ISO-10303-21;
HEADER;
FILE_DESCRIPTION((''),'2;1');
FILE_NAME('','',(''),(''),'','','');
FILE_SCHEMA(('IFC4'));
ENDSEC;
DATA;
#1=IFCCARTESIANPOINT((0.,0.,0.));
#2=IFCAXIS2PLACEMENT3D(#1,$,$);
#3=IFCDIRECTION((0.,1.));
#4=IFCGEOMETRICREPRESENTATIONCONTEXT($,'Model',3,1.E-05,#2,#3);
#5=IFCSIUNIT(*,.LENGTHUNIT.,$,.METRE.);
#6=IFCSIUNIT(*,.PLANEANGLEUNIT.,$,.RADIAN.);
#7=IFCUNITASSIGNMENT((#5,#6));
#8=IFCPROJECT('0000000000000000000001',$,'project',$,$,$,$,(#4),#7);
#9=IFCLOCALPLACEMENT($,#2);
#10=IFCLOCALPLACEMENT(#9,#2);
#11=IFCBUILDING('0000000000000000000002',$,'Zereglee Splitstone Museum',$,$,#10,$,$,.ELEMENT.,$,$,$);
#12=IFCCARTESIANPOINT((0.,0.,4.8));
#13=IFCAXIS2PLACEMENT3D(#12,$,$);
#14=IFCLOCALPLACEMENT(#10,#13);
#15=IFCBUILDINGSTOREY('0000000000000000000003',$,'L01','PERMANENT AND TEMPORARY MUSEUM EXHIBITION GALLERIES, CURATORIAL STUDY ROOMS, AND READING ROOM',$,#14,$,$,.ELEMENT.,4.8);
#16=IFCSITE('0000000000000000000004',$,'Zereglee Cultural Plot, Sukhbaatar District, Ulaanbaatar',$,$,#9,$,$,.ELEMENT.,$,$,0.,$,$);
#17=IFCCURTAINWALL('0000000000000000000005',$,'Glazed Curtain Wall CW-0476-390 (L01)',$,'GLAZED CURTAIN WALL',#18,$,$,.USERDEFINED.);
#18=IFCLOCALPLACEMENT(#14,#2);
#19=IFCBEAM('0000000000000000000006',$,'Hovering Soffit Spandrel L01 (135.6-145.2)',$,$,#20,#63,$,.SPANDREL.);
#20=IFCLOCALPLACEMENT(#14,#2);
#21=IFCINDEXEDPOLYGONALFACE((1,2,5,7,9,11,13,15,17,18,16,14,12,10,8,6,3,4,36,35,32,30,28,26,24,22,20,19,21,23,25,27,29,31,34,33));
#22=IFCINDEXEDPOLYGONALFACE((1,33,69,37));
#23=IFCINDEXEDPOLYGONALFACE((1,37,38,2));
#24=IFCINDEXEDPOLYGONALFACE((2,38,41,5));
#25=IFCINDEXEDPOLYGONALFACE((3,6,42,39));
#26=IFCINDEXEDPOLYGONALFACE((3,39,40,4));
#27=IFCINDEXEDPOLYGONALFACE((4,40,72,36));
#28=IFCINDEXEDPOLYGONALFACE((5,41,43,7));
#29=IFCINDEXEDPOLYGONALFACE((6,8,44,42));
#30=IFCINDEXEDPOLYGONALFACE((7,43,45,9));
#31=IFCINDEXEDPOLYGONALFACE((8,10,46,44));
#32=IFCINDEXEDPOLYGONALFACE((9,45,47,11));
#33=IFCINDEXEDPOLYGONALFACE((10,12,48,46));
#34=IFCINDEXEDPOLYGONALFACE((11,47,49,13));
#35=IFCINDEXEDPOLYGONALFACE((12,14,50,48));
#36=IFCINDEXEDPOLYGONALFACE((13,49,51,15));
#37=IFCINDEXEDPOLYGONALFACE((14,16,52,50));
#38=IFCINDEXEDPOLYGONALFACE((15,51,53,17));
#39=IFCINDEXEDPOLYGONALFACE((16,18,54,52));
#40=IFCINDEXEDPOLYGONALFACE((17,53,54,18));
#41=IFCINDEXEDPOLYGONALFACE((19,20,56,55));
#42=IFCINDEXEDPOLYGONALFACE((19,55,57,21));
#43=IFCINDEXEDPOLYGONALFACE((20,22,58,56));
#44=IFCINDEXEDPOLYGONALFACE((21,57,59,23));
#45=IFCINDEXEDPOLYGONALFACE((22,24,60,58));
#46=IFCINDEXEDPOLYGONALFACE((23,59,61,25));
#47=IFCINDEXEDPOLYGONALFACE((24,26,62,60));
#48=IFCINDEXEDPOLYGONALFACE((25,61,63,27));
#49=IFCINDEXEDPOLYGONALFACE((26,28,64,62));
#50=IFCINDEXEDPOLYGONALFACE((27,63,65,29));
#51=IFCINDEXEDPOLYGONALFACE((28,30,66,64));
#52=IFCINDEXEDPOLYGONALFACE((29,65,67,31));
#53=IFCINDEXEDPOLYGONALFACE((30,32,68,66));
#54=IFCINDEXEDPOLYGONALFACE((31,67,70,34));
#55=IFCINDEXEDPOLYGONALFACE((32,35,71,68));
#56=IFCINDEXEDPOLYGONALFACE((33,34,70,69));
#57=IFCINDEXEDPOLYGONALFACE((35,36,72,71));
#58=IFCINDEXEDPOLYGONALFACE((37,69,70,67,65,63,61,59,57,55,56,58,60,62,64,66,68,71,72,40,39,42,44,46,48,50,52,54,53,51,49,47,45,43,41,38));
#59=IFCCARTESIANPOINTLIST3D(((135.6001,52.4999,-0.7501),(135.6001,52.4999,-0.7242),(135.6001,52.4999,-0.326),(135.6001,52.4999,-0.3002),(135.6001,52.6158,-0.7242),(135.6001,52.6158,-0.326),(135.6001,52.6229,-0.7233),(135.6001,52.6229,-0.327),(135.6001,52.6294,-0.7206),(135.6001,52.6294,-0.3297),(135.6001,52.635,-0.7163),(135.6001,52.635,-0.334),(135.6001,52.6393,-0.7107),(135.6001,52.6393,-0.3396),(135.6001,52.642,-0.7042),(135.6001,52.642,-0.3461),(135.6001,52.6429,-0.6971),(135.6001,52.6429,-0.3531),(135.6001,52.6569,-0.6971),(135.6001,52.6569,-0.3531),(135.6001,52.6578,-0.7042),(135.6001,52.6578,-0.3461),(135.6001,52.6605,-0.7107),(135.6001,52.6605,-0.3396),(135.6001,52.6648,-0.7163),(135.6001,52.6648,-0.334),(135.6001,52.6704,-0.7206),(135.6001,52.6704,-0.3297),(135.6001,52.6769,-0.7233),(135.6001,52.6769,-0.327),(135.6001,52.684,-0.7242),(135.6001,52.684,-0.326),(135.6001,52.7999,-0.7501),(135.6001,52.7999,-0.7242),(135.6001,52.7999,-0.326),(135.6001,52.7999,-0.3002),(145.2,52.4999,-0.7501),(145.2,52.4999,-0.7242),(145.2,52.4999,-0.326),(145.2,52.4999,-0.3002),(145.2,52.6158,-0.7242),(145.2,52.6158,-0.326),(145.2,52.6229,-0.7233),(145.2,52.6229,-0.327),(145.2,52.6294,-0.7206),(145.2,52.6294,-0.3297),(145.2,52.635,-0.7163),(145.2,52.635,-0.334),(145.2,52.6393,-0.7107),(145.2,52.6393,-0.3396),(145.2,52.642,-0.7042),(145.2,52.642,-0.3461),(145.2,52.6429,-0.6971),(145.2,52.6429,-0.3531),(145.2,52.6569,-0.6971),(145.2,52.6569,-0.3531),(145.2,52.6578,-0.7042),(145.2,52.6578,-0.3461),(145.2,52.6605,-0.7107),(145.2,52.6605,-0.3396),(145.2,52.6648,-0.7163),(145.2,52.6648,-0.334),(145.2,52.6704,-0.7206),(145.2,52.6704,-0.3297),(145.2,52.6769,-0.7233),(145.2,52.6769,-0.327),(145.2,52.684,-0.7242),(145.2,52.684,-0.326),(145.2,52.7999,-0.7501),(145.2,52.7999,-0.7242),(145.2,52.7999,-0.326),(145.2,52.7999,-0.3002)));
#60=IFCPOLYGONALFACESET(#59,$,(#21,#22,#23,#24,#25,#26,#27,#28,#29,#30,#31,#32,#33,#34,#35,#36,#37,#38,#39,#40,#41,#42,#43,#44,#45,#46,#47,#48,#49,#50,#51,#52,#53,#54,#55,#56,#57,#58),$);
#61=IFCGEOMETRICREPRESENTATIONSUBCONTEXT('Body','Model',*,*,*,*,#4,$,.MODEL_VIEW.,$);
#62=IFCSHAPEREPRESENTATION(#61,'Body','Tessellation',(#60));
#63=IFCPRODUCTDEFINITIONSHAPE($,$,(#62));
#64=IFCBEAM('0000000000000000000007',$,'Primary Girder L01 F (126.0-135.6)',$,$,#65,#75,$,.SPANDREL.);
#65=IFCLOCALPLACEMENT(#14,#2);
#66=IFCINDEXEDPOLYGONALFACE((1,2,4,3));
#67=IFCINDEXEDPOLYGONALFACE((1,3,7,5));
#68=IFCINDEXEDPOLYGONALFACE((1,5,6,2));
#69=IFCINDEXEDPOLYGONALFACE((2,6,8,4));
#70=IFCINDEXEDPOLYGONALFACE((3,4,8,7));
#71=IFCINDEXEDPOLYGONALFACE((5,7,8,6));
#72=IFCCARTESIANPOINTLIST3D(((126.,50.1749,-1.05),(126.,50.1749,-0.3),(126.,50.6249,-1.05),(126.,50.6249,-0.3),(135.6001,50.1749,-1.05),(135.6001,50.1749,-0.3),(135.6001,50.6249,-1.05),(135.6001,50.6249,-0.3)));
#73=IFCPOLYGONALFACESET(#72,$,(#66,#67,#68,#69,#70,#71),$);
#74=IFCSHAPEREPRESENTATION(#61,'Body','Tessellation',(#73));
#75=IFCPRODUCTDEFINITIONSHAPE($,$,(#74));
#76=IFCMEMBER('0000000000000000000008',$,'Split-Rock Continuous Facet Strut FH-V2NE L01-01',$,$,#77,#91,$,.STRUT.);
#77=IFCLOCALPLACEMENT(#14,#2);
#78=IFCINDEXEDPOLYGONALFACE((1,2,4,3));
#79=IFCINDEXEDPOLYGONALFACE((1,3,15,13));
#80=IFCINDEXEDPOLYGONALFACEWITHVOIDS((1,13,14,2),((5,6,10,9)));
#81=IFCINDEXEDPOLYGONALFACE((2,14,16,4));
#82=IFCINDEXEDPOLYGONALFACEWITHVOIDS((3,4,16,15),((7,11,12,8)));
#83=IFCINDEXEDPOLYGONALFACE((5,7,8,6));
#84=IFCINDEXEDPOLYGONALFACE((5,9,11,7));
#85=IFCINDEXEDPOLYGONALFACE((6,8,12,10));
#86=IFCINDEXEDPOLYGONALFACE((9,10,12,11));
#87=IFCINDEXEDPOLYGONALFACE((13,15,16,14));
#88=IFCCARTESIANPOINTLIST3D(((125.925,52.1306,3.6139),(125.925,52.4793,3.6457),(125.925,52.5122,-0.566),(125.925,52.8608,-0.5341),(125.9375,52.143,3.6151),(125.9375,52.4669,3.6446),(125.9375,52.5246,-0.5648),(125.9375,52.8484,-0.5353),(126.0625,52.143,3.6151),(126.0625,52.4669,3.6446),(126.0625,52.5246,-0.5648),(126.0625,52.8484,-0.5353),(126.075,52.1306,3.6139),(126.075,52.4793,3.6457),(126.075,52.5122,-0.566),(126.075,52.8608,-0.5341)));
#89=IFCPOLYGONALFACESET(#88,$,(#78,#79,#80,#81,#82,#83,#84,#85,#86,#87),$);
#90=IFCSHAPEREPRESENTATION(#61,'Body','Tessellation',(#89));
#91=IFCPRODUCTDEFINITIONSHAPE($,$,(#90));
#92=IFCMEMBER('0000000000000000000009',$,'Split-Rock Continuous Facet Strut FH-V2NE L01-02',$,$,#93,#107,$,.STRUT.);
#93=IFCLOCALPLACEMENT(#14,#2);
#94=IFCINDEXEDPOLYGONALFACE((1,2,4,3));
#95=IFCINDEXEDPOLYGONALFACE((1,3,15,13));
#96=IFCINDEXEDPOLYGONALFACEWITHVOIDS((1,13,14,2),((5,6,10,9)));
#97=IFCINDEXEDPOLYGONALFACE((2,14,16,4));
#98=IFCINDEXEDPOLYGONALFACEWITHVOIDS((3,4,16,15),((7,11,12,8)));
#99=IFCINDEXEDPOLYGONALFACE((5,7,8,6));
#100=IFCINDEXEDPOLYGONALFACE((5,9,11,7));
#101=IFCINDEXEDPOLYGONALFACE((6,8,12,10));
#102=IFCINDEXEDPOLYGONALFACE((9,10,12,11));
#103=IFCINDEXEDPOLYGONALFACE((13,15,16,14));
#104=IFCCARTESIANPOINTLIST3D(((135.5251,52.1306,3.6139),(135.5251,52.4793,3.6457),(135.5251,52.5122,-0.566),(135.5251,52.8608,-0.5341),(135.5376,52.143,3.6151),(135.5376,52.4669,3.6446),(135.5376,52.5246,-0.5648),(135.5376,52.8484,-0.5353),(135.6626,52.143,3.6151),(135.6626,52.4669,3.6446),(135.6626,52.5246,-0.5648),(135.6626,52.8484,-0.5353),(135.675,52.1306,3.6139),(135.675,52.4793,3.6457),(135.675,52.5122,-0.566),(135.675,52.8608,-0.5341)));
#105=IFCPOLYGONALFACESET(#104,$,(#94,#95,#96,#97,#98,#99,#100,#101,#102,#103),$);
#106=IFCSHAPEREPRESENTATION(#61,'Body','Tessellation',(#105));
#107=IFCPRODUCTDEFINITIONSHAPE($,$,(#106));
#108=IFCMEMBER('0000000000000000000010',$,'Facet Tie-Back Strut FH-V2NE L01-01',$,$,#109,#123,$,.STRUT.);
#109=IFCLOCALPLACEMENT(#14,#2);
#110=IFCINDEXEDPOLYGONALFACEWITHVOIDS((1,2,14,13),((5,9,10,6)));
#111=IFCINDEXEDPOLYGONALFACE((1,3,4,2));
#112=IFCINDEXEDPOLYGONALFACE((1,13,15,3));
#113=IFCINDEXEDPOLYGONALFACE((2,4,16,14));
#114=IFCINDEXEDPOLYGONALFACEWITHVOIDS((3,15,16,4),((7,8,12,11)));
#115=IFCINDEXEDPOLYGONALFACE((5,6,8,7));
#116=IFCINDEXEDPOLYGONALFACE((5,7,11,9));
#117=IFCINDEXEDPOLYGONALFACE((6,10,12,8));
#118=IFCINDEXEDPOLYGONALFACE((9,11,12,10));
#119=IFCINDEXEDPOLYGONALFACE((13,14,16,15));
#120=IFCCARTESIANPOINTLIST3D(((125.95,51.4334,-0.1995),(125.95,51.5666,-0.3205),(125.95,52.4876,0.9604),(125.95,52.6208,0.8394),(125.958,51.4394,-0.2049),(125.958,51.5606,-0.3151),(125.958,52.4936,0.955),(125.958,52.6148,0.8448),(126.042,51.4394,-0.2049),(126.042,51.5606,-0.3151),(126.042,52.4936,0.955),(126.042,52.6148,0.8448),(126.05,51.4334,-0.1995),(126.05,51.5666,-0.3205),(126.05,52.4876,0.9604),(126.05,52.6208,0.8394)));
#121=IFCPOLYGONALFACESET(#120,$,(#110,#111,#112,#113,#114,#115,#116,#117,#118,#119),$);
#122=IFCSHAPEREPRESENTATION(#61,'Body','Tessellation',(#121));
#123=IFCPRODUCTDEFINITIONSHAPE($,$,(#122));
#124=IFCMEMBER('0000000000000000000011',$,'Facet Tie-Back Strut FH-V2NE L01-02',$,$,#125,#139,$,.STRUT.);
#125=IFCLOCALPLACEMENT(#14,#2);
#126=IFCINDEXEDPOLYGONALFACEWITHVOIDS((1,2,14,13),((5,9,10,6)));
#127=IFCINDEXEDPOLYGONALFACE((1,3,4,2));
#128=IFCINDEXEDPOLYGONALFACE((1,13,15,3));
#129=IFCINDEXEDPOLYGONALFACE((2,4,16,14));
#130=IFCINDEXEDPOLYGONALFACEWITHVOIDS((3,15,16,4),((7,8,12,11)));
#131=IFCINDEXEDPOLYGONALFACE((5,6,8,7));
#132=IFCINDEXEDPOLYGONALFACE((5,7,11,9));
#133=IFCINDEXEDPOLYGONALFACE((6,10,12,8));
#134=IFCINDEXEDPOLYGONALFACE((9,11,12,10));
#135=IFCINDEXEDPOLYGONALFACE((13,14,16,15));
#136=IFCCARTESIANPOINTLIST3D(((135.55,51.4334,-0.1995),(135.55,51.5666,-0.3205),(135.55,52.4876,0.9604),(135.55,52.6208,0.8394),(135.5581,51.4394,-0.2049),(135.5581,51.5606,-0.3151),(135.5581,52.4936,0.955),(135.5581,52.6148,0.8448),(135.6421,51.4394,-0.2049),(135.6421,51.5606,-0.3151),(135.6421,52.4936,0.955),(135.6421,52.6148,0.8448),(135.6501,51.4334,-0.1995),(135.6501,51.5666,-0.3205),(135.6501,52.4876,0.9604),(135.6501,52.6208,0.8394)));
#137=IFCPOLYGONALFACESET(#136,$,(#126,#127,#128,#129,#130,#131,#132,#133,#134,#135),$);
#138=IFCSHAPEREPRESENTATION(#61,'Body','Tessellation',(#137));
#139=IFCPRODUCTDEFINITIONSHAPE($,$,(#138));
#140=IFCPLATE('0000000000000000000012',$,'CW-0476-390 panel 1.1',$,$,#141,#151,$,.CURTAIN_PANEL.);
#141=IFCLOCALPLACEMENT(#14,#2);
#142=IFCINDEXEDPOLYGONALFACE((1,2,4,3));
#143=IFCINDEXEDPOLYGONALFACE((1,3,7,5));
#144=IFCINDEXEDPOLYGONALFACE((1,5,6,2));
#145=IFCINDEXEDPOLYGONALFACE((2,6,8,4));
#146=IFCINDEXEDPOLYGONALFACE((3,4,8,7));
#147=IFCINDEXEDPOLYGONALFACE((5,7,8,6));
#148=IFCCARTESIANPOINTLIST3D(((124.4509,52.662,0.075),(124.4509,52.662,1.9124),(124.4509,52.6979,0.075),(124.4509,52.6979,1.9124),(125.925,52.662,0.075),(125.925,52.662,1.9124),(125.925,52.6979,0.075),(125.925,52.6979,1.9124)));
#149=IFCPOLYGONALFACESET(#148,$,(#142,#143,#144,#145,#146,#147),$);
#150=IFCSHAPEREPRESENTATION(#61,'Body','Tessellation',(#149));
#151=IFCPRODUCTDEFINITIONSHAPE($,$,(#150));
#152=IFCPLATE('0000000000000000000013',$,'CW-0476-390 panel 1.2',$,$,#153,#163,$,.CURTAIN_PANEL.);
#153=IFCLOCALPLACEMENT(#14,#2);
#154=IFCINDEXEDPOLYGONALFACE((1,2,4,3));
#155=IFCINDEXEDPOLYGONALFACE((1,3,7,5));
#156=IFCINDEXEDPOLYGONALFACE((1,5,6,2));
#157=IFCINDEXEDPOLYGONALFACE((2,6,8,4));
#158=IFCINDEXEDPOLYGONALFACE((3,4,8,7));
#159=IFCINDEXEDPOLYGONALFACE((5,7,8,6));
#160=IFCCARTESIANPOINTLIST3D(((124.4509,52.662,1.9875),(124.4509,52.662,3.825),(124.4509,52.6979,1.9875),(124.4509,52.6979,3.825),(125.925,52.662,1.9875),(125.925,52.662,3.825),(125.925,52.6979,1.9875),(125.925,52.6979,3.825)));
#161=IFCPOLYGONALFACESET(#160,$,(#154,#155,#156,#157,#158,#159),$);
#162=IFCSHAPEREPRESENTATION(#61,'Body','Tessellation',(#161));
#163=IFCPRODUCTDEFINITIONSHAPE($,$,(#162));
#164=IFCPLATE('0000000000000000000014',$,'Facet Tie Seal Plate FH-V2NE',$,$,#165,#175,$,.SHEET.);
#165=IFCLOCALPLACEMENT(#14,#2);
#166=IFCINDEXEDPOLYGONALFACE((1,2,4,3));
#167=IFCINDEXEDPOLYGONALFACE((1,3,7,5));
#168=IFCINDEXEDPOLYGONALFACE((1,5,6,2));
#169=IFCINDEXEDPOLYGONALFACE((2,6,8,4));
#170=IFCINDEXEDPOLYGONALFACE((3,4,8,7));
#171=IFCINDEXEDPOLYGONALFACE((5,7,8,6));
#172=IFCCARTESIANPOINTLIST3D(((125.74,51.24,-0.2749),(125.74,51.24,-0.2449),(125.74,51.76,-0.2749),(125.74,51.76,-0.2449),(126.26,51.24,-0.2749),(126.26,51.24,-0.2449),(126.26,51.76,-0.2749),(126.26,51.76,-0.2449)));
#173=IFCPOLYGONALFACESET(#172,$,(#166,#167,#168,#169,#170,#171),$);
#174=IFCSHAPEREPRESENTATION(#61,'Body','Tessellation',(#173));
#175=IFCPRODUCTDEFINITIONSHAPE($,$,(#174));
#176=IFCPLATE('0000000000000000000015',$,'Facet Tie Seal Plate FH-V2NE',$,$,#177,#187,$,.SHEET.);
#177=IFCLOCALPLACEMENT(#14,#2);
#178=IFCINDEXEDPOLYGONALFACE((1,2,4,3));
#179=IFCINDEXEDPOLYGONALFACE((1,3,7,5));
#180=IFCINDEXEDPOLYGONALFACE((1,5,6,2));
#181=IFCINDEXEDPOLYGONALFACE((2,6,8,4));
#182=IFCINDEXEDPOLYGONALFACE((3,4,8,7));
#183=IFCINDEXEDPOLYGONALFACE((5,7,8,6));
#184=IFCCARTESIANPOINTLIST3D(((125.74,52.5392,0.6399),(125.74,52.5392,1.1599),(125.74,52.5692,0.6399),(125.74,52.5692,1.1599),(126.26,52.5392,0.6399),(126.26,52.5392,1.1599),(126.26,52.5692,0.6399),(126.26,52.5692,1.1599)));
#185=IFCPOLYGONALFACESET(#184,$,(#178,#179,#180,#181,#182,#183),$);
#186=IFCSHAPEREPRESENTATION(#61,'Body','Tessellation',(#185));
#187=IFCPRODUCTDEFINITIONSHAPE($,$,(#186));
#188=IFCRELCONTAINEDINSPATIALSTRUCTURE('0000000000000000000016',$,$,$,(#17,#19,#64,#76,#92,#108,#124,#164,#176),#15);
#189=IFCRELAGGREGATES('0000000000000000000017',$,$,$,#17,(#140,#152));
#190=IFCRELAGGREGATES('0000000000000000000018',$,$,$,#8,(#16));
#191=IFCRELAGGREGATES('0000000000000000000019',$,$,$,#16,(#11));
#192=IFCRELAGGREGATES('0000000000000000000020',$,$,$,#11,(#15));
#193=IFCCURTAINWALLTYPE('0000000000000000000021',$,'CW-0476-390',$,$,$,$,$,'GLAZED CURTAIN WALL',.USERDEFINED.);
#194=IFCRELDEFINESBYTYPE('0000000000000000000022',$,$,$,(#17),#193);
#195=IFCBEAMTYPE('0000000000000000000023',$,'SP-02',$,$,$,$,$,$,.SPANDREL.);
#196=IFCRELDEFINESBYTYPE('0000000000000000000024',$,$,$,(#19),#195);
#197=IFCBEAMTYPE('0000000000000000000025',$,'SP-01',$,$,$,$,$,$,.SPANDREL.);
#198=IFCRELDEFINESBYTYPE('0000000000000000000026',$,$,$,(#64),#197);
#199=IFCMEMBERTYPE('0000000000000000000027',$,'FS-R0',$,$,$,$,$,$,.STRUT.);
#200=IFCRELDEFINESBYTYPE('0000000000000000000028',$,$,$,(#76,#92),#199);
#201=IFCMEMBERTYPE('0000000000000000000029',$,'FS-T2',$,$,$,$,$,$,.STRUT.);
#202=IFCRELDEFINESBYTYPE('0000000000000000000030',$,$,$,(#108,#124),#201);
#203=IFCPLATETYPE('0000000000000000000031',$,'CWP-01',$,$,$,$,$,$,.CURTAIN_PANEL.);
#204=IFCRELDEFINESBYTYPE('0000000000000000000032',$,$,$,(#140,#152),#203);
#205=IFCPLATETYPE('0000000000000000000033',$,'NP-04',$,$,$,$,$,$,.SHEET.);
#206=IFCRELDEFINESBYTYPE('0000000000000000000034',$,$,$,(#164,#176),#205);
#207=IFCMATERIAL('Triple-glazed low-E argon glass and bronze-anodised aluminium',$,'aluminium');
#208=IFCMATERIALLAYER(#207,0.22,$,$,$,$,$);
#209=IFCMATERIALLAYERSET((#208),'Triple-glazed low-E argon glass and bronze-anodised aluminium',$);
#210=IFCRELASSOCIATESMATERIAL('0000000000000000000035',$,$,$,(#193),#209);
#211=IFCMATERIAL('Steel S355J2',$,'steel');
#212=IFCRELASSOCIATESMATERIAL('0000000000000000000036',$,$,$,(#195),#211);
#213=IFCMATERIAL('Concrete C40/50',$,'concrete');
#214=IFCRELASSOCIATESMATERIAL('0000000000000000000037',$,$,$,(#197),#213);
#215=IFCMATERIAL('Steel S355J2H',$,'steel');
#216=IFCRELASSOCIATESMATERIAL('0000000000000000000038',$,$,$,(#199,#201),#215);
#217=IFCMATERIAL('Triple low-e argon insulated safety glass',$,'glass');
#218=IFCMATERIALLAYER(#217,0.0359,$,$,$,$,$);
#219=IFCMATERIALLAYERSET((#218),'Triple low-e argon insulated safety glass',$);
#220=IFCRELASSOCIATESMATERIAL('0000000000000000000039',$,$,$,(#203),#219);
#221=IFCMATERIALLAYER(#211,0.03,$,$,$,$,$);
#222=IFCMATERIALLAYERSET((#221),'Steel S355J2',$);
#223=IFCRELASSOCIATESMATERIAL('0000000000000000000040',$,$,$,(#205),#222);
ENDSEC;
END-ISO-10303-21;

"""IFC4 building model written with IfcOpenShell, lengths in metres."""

from ifc_helpers import new_model, si_unit, direction, frame, origin, origin_2d, place, context, subcontext, project, spatial, rectangle, hollow_rectangle, i_section, extrude, material, layer, layer_set, material_profile, profile_set, type_object, element, aggregate, save


model = new_model("IFC4")

# Units and contexts
model_context = context("Model", 3, precision=1e-05, world=origin(), true_north=direction((0.0, 1.0)))
body_context = subcontext(model_context, "Body", "Model", "MODEL_VIEW")
ifc_project = project(units=[si_unit("LENGTHUNIT", "METRE"), si_unit("PLANEANGLEUNIT", "RADIAN")], contexts=[model_context])

# Site, building, storey
site_placement = place(None, origin())
site = spatial("IfcSite", under=ifc_project, at=site_placement, Name="Zereglee Cultural Plot, Sukhbaatar District, Ulaanbaatar", CompositionType="ELEMENT", RefElevation=0.0)
building_placement = place(site_placement, origin())
building = spatial("IfcBuilding", under=site, at=building_placement, Name="Zereglee Splitstone Museum", CompositionType="ELEMENT")
storey_placement = place(building_placement, frame((0.0, 0.0, 4.8)))
storey = spatial("IfcBuildingStorey", under=building, at=storey_placement, Name="L01", Description="PERMANENT AND TEMPORARY MUSEUM EXHIBITION GALLERIES, CURATORIAL STUDY ROOMS, AND READING ROOM", CompositionType="ELEMENT", Elevation=4.8)

# Shared definitions
ifc_material_1 = material(Name="Steel S355J2H", Category="steel")
ifc_material_2 = material(Name="Steel S355J2", Category="steel")

# Curtain wall
ifc_material_3 = material(Name="Triple-glazed low-E argon glass and bronze-anodised aluminium", Category="aluminium")
ifc_layer_1 = layer(ifc_material_3, 0.22)
ifc_layer_set_1 = layer_set([ifc_layer_1], Name="Triple-glazed low-E argon glass and bronze-anodised aluminium")
curtain_wall_type = type_object("IfcCurtainWallType", Name="CW-0476-390", ElementType="GLAZED CURTAIN WALL", PredefinedType="USERDEFINED", material=ifc_layer_set_1)
curtain_wall_placement = place(storey_placement, origin())
curtain_wall = element("IfcCurtainWall", 1, at=curtain_wall_placement, inside=storey, type_object=curtain_wall_type, Name="Glazed Curtain Wall CW-0476-390 (L01)", ObjectType="GLAZED CURTAIN WALL", PredefinedType="USERDEFINED")

# Beams
ifc_material_profile_1 = material_profile(ifc_material_2, i_section(OverallWidth=0.3, OverallDepth=0.45, WebThickness=0.0139, FlangeThickness=0.0259, FilletRadius=0.0271, at=origin_2d()), Name="HE 450 B")
ifc_profile_set_1 = profile_set([ifc_material_profile_1], Name="Steel S355J2")
beam_type_1 = type_object("IfcBeamType", Name="SP-02", PredefinedType="SPANDREL", material=ifc_profile_set_1)
beam_1_placement = place(storey_placement, frame((135.6001, 52.6499, -0.5251), z_axis=(1.0, 0.0, 0.0), x_axis=(0.0, 1.0, 0.0)))
element("IfcBeam", 2, at=beam_1_placement, inside=storey, type_object=beam_type_1, Name="Hovering Soffit Spandrel L01 (135.6-145.2)", PredefinedType="SPANDREL", context=body_context, shape_type="SweptSolid", body=[
    extrude(i_section(OverallWidth=0.3, OverallDepth=0.45, WebThickness=0.0139, FlangeThickness=0.0259, FilletRadius=0.0271, at=origin_2d()), origin(), (0.0, 0.0, 1.0), 9.5999),
])
ifc_material_4 = material(Name="Concrete C40/50", Category="concrete")
ifc_material_profile_2 = material_profile(ifc_material_4, rectangle(XDim=0.45, YDim=0.75, at=origin_2d()), Name="RC 450x750")
ifc_profile_set_2 = profile_set([ifc_material_profile_2], Name="Concrete C40/50")
beam_type_2 = type_object("IfcBeamType", Name="SP-01", PredefinedType="SPANDREL", material=ifc_profile_set_2)
beam_2_placement = place(storey_placement, frame((126.0, 50.3999, -0.675), z_axis=(1.0, 0.0, 0.0), x_axis=(0.0, 1.0, 0.0)))
element("IfcBeam", 3, at=beam_2_placement, inside=storey, type_object=beam_type_2, Name="Primary Girder L01 F (126.0-135.6)", PredefinedType="SPANDREL", context=body_context, shape_type="SweptSolid", body=[
    extrude(rectangle(XDim=0.45, YDim=0.75, at=origin_2d()), origin(), (0.0, 0.0, 1.0), 9.6001),
])

# Members
ifc_material_profile_3 = material_profile(ifc_material_1, hollow_rectangle(XDim=0.1499, YDim=0.3501, WallThickness=0.0125, at=origin_2d()), Name="RHS 350x150x12.5")
ifc_profile_set_3 = profile_set([ifc_material_profile_3], Name="Steel S355J2H")
member_type_1 = type_object("IfcMemberType", Name="FS-R0", PredefinedType="STRUT", material=ifc_profile_set_3)
for number, where, z_axis, x_axis, name in (
    (4, (126.0, 52.6865, -0.55), (0.0, -0.090913, 0.995859), (1.0, 0.0, 0.0), "Split-Rock Continuous Facet Strut FH-V2NE L01-01"),
    (5, (135.6001, 52.6865, -0.55), (0.0, -0.090913, 0.995859), (1.0, 0.0, 0.0), "Split-Rock Continuous Facet Strut FH-V2NE L01-02"),
):
    element("IfcMember", number, at=place(storey_placement, frame(where, z_axis=z_axis, x_axis=x_axis)), inside=storey, type_object=member_type_1, Name=name, PredefinedType="STRUT", context=body_context, shape_type="SweptSolid", body=[
        extrude(hollow_rectangle(XDim=0.1499, YDim=0.3501, WallThickness=0.0125, at=origin_2d()), origin(), (0.0, 0.0, 1.0), 4.1973),
    ])
ifc_material_profile_4 = material_profile(ifc_material_1, hollow_rectangle(XDim=0.1001, YDim=0.1799, WallThickness=0.0081, at=origin_2d()), Name="RHS 180x100x8")
ifc_profile_set_4 = profile_set([ifc_material_profile_4], Name="Steel S355J2H")
member_type_2 = type_object("IfcMemberType", Name="FS-T2", PredefinedType="STRUT", material=ifc_profile_set_4)
for number, where, z_axis, x_axis, name in (
    (6, (126.0, 51.5, -0.26), (0.0, 0.67258, 0.740025), (-1.0, 0.0, 0.0), "Facet Tie-Back Strut FH-V2NE L01-01"),
    (7, (135.6001, 51.5, -0.26), (0.0, 0.67258, 0.740025), (-1.0, 0.0, 0.0), "Facet Tie-Back Strut FH-V2NE L01-02"),
):
    element("IfcMember", number, at=place(storey_placement, frame(where, z_axis=z_axis, x_axis=x_axis)), inside=storey, type_object=member_type_2, Name=name, PredefinedType="STRUT", context=body_context, shape_type="SweptSolid", body=[
        extrude(hollow_rectangle(XDim=0.1001, YDim=0.1799, WallThickness=0.0081, at=origin_2d()), origin(), (0.0, 0.0, 1.0), 1.5674),
    ])

# Plates
ifc_material_5 = material(Name="Triple low-e argon insulated safety glass", Category="glass")
ifc_layer_2 = layer(ifc_material_5, 0.0359)
ifc_layer_set_2 = layer_set([ifc_layer_2], Name="Triple low-e argon insulated safety glass")
plate_type_1 = type_object("IfcPlateType", Name="CWP-01", PredefinedType="CURTAIN_PANEL", material=ifc_layer_set_2)
plate_1_placement = place(storey_placement, frame((125.188, 52.6799, 0.075), z_axis=(0.0, 0.0, 1.0), x_axis=(-1.0, 0.0, 0.0)))
plate_1 = element("IfcPlate", 8, at=plate_1_placement, type_object=plate_type_1, Name="CW-0476-390 panel 1.1", PredefinedType="CURTAIN_PANEL", context=body_context, shape_type="SweptSolid", body=[
    extrude(rectangle(XDim=1.4741, YDim=0.0359, at=origin_2d()), origin(), (0.0, 0.0, 1.0), 1.8374),
])
plate_2_placement = place(storey_placement, frame((125.188, 52.6799, 1.9875), z_axis=(0.0, 0.0, 1.0), x_axis=(-1.0, 0.0, 0.0)))
plate_2 = element("IfcPlate", 9, at=plate_2_placement, type_object=plate_type_1, Name="CW-0476-390 panel 1.2", PredefinedType="CURTAIN_PANEL", context=body_context, shape_type="SweptSolid", body=[
    extrude(rectangle(XDim=1.4741, YDim=0.0359, at=origin_2d()), origin(), (0.0, 0.0, 1.0), 1.8374),
])
aggregate(curtain_wall, [plate_1, plate_2])

# Plates
ifc_layer_3 = layer(ifc_material_2, 0.03)
ifc_layer_set_3 = layer_set([ifc_layer_3], Name="Steel S355J2")
plate_type_2 = type_object("IfcPlateType", Name="NP-04", PredefinedType="SHEET", material=ifc_layer_set_3)
plate_3_placement = place(storey_placement, frame((126.0, 51.5, -0.2749), z_axis=(0.0, 0.0, 1.0), x_axis=(1.0, 0.0, 0.0)))
element("IfcPlate", 10, at=plate_3_placement, inside=storey, type_object=plate_type_2, Name="Facet Tie Seal Plate FH-V2NE", PredefinedType="SHEET", context=body_context, shape_type="SweptSolid", body=[
    extrude(rectangle(XDim=0.52, YDim=0.52, at=origin_2d()), origin(), (0.0, 0.0, 1.0), 0.03),
])
plate_4_placement = place(storey_placement, frame((126.0, 52.5542, 0.6399), z_axis=(0.0, 0.0, 1.0), x_axis=(1.0, 0.0, 0.0)))
element("IfcPlate", 11, at=plate_4_placement, inside=storey, type_object=plate_type_2, Name="Facet Tie Seal Plate FH-V2NE", PredefinedType="SHEET", context=body_context, shape_type="SweptSolid", body=[
    extrude(rectangle(XDim=0.52, YDim=0.03, at=origin_2d()), origin(), (0.0, 0.0, 1.0), 0.52),
])

save(model, "model.ifc")
